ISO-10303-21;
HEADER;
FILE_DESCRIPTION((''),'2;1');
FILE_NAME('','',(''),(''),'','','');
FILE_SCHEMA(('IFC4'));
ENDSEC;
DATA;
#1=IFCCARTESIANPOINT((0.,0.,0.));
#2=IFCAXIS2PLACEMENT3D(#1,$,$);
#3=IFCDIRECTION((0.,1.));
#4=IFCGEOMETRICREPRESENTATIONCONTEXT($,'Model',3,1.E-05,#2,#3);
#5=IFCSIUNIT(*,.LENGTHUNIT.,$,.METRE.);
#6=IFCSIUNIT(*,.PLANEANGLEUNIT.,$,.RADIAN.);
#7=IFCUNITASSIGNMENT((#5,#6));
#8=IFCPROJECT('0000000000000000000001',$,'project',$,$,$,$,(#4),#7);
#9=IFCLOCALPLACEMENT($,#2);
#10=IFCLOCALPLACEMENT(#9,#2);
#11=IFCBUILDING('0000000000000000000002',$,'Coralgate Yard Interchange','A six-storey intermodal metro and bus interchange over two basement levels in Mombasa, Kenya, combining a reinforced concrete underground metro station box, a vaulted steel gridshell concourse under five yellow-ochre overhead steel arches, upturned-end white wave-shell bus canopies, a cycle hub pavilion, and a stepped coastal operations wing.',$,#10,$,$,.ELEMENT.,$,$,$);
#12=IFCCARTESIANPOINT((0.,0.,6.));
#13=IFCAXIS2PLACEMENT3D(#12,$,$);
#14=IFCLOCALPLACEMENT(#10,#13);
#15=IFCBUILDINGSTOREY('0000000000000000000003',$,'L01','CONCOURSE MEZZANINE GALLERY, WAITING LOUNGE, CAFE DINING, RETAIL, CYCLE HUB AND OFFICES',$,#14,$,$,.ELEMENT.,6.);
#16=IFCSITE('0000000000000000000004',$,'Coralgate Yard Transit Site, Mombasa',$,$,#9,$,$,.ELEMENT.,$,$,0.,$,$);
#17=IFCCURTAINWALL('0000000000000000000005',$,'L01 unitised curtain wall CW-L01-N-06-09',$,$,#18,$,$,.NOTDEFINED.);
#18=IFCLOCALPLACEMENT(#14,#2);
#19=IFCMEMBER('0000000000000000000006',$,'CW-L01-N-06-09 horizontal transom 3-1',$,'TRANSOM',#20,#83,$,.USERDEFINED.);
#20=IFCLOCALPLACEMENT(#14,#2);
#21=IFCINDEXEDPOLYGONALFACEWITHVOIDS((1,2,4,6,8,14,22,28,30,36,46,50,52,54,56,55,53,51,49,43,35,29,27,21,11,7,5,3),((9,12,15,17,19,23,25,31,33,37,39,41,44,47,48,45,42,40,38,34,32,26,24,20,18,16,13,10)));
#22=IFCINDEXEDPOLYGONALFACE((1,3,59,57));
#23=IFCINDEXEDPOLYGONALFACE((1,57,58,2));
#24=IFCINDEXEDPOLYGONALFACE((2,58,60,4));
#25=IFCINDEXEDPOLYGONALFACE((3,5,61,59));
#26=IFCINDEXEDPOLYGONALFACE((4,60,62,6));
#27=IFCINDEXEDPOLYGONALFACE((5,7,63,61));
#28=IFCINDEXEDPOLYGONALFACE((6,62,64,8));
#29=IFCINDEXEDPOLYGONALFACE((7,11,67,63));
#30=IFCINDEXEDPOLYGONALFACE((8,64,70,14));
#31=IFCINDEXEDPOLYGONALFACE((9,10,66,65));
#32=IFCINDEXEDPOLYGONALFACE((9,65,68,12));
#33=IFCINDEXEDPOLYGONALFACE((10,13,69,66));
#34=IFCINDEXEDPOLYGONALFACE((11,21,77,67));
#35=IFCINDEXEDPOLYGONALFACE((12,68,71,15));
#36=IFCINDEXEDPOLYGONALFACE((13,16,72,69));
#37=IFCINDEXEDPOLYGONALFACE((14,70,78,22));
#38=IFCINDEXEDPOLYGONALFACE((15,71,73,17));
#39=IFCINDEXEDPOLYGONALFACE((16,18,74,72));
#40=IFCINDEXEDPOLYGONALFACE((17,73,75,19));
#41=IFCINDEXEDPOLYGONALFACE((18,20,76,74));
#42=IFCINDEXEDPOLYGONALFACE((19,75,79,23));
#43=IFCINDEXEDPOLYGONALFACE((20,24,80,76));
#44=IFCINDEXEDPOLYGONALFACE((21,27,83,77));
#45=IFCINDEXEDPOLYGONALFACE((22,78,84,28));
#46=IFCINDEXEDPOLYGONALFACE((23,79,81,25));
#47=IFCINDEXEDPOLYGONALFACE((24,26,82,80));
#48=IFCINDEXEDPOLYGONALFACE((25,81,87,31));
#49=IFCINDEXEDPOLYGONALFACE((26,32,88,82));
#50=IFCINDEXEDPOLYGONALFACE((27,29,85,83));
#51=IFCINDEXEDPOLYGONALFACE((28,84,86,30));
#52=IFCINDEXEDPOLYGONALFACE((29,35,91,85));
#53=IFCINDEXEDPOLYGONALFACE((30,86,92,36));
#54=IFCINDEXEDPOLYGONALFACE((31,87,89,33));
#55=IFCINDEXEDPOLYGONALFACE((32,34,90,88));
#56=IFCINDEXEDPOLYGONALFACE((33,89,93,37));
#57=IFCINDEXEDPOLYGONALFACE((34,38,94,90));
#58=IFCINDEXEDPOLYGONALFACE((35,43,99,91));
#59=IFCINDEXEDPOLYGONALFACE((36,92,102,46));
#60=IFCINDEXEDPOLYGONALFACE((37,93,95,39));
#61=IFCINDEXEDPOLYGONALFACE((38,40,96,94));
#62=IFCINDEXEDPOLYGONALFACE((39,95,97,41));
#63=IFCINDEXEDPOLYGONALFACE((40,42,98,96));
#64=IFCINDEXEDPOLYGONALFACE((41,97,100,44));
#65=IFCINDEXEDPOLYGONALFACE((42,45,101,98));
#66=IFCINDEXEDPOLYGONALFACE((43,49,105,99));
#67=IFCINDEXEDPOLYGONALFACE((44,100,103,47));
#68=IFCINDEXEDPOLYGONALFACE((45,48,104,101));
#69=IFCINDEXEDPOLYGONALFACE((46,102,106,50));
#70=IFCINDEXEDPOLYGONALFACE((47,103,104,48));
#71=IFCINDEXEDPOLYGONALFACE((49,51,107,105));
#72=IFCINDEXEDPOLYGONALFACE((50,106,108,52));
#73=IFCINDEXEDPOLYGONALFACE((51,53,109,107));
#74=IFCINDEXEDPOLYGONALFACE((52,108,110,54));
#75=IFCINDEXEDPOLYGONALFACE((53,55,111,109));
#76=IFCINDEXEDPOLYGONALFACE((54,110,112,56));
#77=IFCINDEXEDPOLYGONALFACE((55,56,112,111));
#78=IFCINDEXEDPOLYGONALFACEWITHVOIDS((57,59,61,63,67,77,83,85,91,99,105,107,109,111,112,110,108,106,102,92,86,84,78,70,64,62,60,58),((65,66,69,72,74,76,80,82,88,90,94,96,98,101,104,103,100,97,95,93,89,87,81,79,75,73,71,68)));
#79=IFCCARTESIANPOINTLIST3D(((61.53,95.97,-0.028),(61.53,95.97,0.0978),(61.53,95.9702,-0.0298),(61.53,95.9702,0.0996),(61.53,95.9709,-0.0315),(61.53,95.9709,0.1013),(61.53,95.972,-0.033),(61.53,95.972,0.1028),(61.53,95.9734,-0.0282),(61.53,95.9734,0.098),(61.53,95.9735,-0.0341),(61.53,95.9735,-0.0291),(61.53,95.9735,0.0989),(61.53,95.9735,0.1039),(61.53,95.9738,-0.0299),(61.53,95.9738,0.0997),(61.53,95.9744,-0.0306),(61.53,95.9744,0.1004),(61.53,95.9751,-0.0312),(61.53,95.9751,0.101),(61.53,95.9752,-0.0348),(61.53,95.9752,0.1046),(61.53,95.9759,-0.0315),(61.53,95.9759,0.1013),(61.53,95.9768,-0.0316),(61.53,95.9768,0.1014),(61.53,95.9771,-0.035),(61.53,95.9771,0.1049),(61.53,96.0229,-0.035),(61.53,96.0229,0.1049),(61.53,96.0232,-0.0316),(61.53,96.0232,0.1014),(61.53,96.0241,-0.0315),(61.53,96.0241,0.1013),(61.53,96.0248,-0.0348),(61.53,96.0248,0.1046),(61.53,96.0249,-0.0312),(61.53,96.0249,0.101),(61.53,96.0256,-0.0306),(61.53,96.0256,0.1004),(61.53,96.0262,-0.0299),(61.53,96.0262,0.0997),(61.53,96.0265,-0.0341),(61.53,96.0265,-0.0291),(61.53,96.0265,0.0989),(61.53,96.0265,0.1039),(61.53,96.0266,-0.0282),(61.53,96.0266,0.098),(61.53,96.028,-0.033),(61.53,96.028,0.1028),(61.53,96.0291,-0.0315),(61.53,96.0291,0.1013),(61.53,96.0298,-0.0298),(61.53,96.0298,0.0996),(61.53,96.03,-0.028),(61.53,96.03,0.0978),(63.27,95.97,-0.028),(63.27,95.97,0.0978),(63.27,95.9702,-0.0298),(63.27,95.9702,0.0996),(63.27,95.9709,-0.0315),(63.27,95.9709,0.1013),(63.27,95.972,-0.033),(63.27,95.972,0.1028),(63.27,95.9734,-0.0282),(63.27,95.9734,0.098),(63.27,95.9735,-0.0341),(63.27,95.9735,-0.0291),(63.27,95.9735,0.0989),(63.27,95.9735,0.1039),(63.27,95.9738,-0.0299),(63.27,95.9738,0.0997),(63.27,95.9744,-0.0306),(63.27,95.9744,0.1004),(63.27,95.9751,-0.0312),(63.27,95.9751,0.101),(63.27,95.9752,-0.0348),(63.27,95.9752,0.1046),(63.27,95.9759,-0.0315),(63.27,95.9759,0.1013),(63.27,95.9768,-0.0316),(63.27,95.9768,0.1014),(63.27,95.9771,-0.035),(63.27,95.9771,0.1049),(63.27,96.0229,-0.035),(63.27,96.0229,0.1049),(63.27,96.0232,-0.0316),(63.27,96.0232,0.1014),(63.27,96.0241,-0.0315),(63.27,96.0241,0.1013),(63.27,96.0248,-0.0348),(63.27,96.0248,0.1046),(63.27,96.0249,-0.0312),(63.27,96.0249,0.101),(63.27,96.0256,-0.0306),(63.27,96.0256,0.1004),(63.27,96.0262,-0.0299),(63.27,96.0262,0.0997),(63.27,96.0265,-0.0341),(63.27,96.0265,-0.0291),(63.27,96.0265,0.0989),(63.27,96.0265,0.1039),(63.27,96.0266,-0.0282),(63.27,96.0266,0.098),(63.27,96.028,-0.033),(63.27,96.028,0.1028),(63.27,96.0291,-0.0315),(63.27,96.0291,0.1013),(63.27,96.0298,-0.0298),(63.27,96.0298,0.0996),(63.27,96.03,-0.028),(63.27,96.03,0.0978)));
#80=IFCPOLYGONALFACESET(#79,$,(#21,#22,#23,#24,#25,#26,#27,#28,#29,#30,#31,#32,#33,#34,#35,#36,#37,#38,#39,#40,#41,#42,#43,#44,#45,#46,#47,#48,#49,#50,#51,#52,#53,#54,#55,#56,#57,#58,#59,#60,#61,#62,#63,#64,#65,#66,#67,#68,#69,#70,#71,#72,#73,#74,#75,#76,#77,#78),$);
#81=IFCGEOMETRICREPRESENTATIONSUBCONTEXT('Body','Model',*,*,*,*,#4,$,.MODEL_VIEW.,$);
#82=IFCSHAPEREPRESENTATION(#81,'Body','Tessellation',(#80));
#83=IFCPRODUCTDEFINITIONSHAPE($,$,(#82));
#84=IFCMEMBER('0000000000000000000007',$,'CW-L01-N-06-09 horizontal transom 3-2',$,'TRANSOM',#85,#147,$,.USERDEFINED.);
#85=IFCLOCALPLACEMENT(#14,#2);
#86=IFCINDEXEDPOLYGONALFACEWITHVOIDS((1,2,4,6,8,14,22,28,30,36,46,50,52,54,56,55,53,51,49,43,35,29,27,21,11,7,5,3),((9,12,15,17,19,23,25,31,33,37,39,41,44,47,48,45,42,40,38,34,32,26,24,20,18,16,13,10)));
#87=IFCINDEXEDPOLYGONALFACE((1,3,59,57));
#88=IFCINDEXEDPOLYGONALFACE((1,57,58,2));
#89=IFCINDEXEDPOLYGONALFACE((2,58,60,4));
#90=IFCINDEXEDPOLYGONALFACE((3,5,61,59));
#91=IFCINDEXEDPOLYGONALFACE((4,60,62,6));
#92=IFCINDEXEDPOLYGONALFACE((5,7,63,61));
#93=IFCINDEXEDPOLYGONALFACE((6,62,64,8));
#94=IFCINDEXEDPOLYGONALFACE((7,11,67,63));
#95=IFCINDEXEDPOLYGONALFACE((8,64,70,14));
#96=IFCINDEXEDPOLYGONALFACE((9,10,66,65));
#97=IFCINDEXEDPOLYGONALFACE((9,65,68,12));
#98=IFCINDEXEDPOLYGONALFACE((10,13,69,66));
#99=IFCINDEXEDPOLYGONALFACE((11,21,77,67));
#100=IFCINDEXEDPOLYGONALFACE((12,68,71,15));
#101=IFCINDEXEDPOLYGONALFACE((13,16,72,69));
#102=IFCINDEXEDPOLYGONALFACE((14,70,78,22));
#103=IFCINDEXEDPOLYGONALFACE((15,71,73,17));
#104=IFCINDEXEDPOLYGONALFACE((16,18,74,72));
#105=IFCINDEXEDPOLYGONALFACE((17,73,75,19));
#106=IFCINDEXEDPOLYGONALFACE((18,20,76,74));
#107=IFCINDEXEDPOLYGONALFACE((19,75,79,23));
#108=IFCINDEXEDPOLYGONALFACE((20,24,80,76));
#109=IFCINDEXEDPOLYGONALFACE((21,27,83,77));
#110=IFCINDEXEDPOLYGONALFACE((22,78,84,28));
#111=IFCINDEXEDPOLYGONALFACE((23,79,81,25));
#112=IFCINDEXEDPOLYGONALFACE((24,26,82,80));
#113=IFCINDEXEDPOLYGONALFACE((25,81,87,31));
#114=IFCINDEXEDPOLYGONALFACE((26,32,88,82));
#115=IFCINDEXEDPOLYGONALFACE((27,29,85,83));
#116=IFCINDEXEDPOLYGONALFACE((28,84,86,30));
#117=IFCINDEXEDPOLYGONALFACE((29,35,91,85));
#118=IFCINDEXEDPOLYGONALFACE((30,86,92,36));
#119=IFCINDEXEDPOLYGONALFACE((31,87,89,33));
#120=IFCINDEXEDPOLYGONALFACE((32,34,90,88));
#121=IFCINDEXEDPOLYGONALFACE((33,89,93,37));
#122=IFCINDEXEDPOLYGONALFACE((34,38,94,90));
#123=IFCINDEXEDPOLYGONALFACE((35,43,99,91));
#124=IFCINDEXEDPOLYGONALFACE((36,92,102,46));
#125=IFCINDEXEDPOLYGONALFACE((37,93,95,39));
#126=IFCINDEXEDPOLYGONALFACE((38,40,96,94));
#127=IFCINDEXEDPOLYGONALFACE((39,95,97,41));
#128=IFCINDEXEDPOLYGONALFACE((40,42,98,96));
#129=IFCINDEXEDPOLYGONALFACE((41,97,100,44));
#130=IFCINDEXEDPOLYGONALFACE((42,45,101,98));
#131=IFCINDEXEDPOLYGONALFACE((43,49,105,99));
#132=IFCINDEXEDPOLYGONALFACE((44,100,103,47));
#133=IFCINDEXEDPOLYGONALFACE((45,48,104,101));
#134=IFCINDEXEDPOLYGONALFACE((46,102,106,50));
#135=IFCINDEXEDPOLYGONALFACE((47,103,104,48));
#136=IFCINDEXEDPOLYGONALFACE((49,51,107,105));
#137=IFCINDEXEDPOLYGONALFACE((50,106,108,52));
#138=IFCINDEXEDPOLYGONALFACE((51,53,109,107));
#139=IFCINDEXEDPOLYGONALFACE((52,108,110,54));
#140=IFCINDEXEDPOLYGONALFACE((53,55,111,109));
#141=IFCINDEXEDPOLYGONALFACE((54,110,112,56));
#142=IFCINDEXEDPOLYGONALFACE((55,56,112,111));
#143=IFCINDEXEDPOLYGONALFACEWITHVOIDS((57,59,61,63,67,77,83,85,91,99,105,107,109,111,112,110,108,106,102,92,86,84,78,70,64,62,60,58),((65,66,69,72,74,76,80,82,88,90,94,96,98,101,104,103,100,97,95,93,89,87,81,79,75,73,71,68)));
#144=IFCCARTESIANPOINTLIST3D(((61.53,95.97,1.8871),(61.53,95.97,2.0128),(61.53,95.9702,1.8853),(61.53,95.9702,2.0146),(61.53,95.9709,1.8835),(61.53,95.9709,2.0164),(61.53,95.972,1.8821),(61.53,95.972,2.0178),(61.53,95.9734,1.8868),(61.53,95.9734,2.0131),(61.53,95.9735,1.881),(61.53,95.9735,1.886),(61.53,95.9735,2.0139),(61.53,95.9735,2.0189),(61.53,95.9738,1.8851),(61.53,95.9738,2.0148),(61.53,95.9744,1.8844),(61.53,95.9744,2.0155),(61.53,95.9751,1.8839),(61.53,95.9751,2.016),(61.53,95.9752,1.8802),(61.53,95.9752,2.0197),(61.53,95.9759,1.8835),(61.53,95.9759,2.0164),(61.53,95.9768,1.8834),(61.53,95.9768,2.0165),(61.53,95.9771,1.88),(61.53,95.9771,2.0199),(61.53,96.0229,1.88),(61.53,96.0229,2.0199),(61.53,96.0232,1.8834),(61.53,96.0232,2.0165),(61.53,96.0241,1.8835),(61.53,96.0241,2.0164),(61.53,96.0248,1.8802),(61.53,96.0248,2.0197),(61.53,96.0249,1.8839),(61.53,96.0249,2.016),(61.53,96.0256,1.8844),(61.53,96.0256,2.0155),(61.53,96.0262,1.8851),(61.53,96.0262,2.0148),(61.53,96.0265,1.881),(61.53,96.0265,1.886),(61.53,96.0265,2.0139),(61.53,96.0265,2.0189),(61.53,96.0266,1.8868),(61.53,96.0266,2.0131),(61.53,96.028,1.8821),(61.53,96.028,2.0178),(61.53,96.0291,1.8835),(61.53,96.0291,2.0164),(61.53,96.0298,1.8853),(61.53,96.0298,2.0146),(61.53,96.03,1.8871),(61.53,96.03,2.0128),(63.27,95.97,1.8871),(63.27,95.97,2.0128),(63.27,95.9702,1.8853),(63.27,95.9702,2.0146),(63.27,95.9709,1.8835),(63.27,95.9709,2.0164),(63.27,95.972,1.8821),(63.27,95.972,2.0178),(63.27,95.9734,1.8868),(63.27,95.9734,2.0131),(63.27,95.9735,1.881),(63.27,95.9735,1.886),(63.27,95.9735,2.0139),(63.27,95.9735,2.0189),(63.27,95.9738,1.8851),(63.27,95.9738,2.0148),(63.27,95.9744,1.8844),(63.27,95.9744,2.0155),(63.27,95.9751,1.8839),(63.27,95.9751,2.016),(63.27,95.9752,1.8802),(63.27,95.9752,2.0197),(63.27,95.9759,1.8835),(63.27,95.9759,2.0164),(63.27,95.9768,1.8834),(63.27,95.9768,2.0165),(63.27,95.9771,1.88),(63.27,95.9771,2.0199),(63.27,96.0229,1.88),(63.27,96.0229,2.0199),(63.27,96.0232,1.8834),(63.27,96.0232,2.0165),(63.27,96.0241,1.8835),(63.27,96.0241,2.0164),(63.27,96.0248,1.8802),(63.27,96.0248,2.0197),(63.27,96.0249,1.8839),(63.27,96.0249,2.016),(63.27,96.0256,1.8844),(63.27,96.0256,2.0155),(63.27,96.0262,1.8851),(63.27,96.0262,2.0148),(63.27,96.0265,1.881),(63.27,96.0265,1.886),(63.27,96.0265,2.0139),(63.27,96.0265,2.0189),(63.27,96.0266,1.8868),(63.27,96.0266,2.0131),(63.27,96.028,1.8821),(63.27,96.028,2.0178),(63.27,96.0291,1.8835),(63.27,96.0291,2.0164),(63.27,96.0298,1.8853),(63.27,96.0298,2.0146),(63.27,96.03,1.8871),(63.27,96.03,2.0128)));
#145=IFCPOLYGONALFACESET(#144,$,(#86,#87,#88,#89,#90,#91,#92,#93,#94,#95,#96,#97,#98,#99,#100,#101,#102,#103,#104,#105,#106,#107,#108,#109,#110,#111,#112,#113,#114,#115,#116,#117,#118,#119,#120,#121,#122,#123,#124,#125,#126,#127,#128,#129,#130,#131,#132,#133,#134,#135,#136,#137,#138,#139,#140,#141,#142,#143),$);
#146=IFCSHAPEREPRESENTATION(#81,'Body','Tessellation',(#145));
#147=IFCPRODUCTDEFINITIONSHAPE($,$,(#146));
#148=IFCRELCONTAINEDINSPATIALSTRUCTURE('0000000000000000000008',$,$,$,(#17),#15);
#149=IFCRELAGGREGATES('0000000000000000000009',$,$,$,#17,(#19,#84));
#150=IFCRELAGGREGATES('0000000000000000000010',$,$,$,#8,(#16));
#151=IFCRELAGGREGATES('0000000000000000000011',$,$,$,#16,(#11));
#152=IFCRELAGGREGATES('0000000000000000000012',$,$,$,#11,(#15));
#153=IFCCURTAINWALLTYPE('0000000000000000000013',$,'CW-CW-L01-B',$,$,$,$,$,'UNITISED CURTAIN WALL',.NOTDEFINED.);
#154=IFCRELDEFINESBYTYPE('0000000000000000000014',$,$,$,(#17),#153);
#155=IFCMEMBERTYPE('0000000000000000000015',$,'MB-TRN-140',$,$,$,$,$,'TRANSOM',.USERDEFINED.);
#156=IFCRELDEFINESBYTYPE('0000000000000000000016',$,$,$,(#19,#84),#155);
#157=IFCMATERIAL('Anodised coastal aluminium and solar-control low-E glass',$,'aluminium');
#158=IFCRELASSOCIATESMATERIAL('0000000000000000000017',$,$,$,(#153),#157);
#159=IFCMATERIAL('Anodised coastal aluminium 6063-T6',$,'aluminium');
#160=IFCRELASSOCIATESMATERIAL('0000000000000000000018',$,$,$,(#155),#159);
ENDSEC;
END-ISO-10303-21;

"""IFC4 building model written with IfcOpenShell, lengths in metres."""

from ifc_helpers import new_model, si_unit, direction, frame, origin, origin_2d, place, context, subcontext, project, spatial, hollow_rectangle, extrude, material, material_profile, profile_set, type_object, element, aggregate, save


model = new_model("IFC4")

# Units and contexts
model_context = context("Model", 3, precision=1e-05, world=origin(), true_north=direction((0.0, 1.0)))
body_context = subcontext(model_context, "Body", "Model", "MODEL_VIEW")
ifc_project = project(units=[si_unit("LENGTHUNIT", "METRE"), si_unit("PLANEANGLEUNIT", "RADIAN")], contexts=[model_context])

# Site, building, storey
site_placement = place(None, origin())
site = spatial("IfcSite", under=ifc_project, at=site_placement, Name="Coralgate Yard Transit Site, Mombasa", CompositionType="ELEMENT", RefElevation=0.0)
building_placement = place(site_placement, origin())
building = spatial("IfcBuilding", under=site, at=building_placement, Name="Coralgate Yard Interchange", Description="A six-storey intermodal metro and bus interchange over two basement levels in Mombasa, Kenya, combining a reinforced concrete underground metro station box, a vaulted steel gridshell concourse under five yellow-ochre overhead steel arches, upturned-end white wave-shell bus canopies, a cycle hub pavilion, and a stepped coastal operations wing.", CompositionType="ELEMENT")
storey_placement = place(building_placement, frame((0.0, 0.0, 6.0)))
storey = spatial("IfcBuildingStorey", under=building, at=storey_placement, Name="L01", Description="CONCOURSE MEZZANINE GALLERY, WAITING LOUNGE, CAFE DINING, RETAIL, CYCLE HUB AND OFFICES", CompositionType="ELEMENT", Elevation=6.0)

# Curtain wall
ifc_material_1 = material(Name="Anodised coastal aluminium and solar-control low-E glass", Category="aluminium")
curtain_wall_type = type_object("IfcCurtainWallType", Name="CW-CW-L01-B", ElementType="UNITISED CURTAIN WALL", PredefinedType="NOTDEFINED", material=ifc_material_1)
curtain_wall_1_placement = place(storey_placement, origin())
curtain_wall_1 = element("IfcCurtainWall", 1, at=curtain_wall_1_placement, inside=storey, type_object=curtain_wall_type, Name="L01 unitised curtain wall CW-L01-N-06-09", PredefinedType="NOTDEFINED")
ifc_material_2 = material(Name="Anodised coastal aluminium 6063-T6", Category="aluminium")

# Members
ifc_material_profile_1 = material_profile(ifc_material_2, hollow_rectangle(XDim=0.0601, YDim=0.1399, WallThickness=0.0034, InnerFilletRadius=0.0034, OuterFilletRadius=0.0071, at=origin_2d()), Name="ALU 60x140x3.5")
ifc_profile_set_1 = profile_set([ifc_material_profile_1], Name="Anodised coastal aluminium 6063-T6")
member_type_1 = type_object("IfcMemberType", Name="MB-TRN-140", ElementType="TRANSOM", PredefinedType="USERDEFINED", material=ifc_profile_set_1)
member_1_placement = place(storey_placement, frame((61.53, 96.0, 0.0349), z_axis=(1.0, 0.0, 0.0), x_axis=(0.0, 1.0, 0.0)))
member_1 = element("IfcMember", 2, at=member_1_placement, type_object=member_type_1, Name="CW-L01-N-06-09 horizontal transom 3-1", ObjectType="TRANSOM", PredefinedType="USERDEFINED", context=body_context, shape_type="SweptSolid", body=[
    extrude(hollow_rectangle(XDim=0.0601, YDim=0.1399, WallThickness=0.0034, InnerFilletRadius=0.0034, OuterFilletRadius=0.0071, at=origin_2d()), origin(), (0.0, 0.0, 1.0), 1.74),
])
member_2_placement = place(storey_placement, frame((61.53, 96.0, 1.95), z_axis=(1.0, 0.0, 0.0), x_axis=(0.0, 1.0, 0.0)))
member_2 = element("IfcMember", 3, at=member_2_placement, type_object=member_type_1, Name="CW-L01-N-06-09 horizontal transom 3-2", ObjectType="TRANSOM", PredefinedType="USERDEFINED", context=body_context, shape_type="SweptSolid", body=[
    extrude(hollow_rectangle(XDim=0.0601, YDim=0.1399, WallThickness=0.0034, InnerFilletRadius=0.0034, OuterFilletRadius=0.0071, at=origin_2d()), origin(), (0.0, 0.0, 1.0), 1.74),
])

aggregate(curtain_wall_1, [member_1, member_2])

save(model, "model.ifc")
